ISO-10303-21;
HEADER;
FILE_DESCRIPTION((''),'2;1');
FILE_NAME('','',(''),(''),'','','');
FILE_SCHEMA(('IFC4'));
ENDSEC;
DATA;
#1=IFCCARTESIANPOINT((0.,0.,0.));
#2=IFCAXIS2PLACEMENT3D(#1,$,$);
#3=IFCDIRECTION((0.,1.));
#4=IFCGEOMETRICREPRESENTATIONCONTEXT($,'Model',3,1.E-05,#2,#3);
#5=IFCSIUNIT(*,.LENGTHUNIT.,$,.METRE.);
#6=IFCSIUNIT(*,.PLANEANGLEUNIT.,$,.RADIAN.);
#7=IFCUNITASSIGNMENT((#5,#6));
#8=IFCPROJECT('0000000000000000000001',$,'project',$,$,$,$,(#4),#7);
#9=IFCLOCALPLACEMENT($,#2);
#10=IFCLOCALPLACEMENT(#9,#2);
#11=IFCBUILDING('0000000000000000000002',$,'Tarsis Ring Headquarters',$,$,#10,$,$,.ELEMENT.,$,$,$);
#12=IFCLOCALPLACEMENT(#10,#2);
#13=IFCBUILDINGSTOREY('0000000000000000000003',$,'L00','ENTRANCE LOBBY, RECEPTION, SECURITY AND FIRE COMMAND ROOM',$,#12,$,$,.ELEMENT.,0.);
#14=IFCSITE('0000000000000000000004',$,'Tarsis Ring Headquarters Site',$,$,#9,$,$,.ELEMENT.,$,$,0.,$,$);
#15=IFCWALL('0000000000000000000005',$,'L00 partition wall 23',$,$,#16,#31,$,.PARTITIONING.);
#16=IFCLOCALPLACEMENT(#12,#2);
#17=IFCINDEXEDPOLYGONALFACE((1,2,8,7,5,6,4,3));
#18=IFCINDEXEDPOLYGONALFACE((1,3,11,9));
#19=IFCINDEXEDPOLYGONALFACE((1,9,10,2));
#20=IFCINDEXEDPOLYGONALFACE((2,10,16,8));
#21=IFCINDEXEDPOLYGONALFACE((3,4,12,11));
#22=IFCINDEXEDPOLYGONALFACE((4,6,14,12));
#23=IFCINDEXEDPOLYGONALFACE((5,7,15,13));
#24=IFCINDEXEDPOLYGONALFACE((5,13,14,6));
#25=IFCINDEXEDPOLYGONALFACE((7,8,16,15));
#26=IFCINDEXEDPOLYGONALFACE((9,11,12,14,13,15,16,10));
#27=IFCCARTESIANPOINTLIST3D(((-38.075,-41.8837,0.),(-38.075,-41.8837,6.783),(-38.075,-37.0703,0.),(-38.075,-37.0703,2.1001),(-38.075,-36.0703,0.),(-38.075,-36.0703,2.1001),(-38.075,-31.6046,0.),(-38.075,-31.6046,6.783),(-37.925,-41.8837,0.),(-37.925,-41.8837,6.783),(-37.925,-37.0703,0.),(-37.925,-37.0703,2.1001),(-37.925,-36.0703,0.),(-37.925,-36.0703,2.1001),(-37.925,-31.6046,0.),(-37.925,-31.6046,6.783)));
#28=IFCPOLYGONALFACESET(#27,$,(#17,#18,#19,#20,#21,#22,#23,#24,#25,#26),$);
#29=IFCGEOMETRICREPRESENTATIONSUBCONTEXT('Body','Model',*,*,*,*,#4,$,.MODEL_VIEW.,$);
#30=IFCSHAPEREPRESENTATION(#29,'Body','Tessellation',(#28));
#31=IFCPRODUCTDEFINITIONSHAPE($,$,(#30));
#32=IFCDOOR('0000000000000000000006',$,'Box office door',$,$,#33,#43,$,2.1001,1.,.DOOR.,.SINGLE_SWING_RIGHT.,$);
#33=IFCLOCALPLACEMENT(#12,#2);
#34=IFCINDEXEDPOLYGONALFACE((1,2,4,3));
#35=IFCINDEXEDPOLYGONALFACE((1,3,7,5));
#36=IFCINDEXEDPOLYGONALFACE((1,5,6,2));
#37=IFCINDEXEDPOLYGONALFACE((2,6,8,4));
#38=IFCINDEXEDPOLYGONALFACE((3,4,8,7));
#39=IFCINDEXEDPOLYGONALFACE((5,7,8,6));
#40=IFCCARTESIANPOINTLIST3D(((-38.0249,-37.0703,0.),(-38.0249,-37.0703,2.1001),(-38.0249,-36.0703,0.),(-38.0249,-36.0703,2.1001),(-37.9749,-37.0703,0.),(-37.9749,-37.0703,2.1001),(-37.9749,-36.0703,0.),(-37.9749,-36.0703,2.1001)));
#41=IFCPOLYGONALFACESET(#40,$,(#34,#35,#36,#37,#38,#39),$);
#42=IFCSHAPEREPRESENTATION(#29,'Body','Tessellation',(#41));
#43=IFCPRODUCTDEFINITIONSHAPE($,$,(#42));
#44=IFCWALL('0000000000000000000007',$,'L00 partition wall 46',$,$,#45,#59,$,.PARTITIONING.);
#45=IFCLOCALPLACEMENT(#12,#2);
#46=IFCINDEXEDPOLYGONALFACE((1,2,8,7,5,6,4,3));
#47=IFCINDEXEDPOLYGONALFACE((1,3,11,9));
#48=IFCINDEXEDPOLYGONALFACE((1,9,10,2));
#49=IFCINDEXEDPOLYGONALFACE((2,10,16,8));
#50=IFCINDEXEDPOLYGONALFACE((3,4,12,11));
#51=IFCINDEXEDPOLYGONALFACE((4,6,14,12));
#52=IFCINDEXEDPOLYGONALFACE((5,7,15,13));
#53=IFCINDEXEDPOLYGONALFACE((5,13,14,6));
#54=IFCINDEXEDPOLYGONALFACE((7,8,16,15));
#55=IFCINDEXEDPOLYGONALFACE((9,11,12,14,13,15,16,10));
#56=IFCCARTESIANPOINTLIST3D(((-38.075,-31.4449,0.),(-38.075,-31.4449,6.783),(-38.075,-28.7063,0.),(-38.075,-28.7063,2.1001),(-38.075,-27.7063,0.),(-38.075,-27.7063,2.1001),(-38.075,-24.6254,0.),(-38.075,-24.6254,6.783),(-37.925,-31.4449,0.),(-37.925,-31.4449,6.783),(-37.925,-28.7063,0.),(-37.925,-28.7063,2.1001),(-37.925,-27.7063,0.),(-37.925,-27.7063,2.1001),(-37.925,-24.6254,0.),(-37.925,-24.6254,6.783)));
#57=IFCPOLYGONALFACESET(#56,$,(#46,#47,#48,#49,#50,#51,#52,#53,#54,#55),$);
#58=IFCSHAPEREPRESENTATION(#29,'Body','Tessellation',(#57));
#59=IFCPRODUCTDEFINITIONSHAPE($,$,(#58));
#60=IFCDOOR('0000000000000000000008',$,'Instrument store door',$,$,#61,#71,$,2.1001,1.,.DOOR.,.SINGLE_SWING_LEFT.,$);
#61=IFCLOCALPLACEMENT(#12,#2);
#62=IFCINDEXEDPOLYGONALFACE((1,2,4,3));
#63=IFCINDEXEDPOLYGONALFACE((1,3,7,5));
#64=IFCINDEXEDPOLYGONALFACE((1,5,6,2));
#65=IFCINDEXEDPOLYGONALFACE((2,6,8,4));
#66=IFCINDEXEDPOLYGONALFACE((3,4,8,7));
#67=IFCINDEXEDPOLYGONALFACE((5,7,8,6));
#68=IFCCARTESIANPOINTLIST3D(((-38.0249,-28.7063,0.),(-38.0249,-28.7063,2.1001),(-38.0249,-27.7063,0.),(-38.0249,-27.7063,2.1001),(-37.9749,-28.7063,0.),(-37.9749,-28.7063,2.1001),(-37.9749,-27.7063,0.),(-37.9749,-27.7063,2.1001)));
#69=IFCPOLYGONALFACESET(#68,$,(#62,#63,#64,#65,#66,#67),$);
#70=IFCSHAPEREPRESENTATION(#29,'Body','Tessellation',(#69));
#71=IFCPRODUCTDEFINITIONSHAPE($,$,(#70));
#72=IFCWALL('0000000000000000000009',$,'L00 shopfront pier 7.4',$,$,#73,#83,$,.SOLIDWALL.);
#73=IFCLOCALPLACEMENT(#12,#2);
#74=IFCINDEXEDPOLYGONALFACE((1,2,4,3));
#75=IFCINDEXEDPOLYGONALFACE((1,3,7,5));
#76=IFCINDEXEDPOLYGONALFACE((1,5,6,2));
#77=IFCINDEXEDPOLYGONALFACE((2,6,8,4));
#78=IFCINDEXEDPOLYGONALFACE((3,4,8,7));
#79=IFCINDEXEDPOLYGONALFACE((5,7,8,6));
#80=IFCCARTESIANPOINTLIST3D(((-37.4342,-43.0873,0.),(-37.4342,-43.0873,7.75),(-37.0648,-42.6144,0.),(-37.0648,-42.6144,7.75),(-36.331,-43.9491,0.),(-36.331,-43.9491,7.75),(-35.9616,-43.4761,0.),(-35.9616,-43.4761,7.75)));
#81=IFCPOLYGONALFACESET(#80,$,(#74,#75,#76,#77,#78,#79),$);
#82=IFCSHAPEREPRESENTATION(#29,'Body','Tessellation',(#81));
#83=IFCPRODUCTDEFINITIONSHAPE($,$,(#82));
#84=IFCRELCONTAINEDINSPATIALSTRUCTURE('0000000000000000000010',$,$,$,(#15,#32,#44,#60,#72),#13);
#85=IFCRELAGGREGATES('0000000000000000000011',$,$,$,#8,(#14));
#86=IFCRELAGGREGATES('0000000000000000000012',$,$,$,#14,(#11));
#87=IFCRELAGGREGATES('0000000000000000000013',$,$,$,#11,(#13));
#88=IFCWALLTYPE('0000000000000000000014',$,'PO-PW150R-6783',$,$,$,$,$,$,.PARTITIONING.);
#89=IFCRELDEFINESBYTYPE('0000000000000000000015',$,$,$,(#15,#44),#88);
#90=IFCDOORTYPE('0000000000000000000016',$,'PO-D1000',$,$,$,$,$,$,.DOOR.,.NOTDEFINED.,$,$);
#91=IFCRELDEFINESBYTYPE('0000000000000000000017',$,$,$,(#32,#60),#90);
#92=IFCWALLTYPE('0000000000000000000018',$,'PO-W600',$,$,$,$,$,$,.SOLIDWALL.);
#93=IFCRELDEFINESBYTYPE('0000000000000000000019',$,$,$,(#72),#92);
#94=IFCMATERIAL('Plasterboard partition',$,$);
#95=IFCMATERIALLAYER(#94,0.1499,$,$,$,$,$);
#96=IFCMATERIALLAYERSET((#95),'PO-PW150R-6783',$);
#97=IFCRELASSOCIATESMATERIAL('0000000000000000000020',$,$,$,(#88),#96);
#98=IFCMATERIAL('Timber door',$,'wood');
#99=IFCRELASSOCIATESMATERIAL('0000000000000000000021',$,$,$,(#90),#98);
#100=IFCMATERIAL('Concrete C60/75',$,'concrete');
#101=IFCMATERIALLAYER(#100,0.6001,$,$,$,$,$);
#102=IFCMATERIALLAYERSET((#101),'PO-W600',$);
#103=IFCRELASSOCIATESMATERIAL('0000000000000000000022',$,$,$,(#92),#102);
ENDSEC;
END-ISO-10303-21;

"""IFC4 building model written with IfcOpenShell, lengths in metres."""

from ifc_helpers import new_model, si_unit, direction, frame, frame_2d, origin, place, context, subcontext, project, spatial, rectangle, extrude, material, layer, layer_set, type_object, element, fill, save


model = new_model("IFC4")

# Units and contexts
model_context = context("Model", 3, precision=1e-05, world=origin(), true_north=direction((0.0, 1.0)))
body_context = subcontext(model_context, "Body", "Model", "MODEL_VIEW")
ifc_project = project(units=[si_unit("LENGTHUNIT", "METRE"), si_unit("PLANEANGLEUNIT", "RADIAN")], contexts=[model_context])

# Site, building, storey
site_placement = place(None, origin())
site = spatial("IfcSite", under=ifc_project, at=site_placement, Name="Tarsis Ring Headquarters Site", CompositionType="ELEMENT", RefElevation=0.0)
building_placement = place(site_placement, origin())
building = spatial("IfcBuilding", under=site, at=building_placement, Name="Tarsis Ring Headquarters", CompositionType="ELEMENT")
storey_placement = place(building_placement, origin())
storey = spatial("IfcBuildingStorey", under=building, at=storey_placement, Name="L00", Description="ENTRANCE LOBBY, RECEPTION, SECURITY AND FIRE COMMAND ROOM", CompositionType="ELEMENT", Elevation=0.0)

# Shared definitions
ifc_material_1 = material(Name="Concrete C60/75", Category="concrete")

# Walls, openings, doors
ifc_material_2 = material(Name="Plasterboard partition")
ifc_layer_1 = layer(ifc_material_2, 0.1499)
ifc_layer_set_1 = layer_set([ifc_layer_1], Name="PO-PW150R-6783")
wall_type_1 = type_object("IfcWallType", Name="PO-PW150R-6783", PredefinedType="PARTITIONING", material=ifc_layer_set_1)
wall_1_placement = place(storey_placement, frame((-38.0, -41.8838, 0.0), z_axis=(0.0, 0.0, 1.0), x_axis=(0.0, 1.0, 0.0)))
wall_1 = element("IfcWall", 1, at=wall_1_placement, inside=storey, type_object=wall_type_1, Name="L00 partition wall 23", PredefinedType="PARTITIONING", context=body_context, shape_type="SweptSolid", body=[
    extrude(rectangle(XDim=10.2791, YDim=0.1499, at=frame_2d((5.1396, 0.0))), origin(), (0.0, 0.0, 1.0), 6.783),
])
opening_1_placement = place(wall_1_placement, frame((4.8135, 0.0, 0.0)))
opening_1 = element("IfcOpeningElement", 2, at=opening_1_placement, cuts=wall_1, PredefinedType="OPENING", context=body_context, shape_type="SweptSolid", body=[
    extrude(rectangle(XDim=1.0, YDim=2.1001, at=frame_2d((0.5, 1.05))), frame((0.0, 0.085, 0.0), z_axis=(0.0, -1.0, 0.0), x_axis=(1.0, 0.0, 0.0)), (0.0, 0.0, 1.0), 0.1699),
])
ifc_material_3 = material(Name="Timber door", Category="wood")
door_type = type_object("IfcDoorType", Name="PO-D1000", OperationType="NOTDEFINED", PredefinedType="DOOR", material=ifc_material_3)
door_1_placement = place(opening_1_placement, origin())
door_1 = element("IfcDoor", 3, at=door_1_placement, inside=storey, type_object=door_type, Name="Box office door", OperationType="SINGLE_SWING_RIGHT", OverallHeight=2.1001, OverallWidth=1.0, PredefinedType="DOOR", context=body_context, shape_type="SweptSolid", body=[
    extrude(rectangle(XDim=1.0, YDim=2.1001, at=frame_2d((0.5, 1.05))), frame((0.0, 0.0249, 0.0), z_axis=(0.0, -1.0, 0.0), x_axis=(1.0, 0.0, 0.0)), (0.0, 0.0, 1.0), 0.05),
])
fill(opening_1, door_1)
wall_2_placement = place(storey_placement, frame((-38.0, -31.4448, 0.0), z_axis=(0.0, 0.0, 1.0), x_axis=(0.0, 1.0, 0.0)))
wall_2 = element("IfcWall", 4, at=wall_2_placement, inside=storey, type_object=wall_type_1, Name="L00 partition wall 46", PredefinedType="PARTITIONING", context=body_context, shape_type="SweptSolid", body=[
    extrude(rectangle(XDim=6.8196, YDim=0.1499, at=frame_2d((3.4097, 0.0))), origin(), (0.0, 0.0, 1.0), 6.783),
])
opening_2_placement = place(wall_2_placement, frame((2.7385, 0.0, 0.0)))
opening_2 = element("IfcOpeningElement", 5, at=opening_2_placement, cuts=wall_2, PredefinedType="OPENING", context=body_context, shape_type="SweptSolid", body=[
    extrude(rectangle(XDim=1.0, YDim=2.1001, at=frame_2d((0.5, 1.05))), frame((0.0, 0.085, 0.0), z_axis=(0.0, -1.0, 0.0), x_axis=(1.0, 0.0, 0.0)), (0.0, 0.0, 1.0), 0.1699),
])
door_2_placement = place(opening_2_placement, origin())
door_2 = element("IfcDoor", 6, at=door_2_placement, inside=storey, type_object=door_type, Name="Instrument store door", OperationType="SINGLE_SWING_LEFT", OverallHeight=2.1001, OverallWidth=1.0, PredefinedType="DOOR", context=body_context, shape_type="SweptSolid", body=[
    extrude(rectangle(XDim=1.0, YDim=2.1001, at=frame_2d((0.5, 1.05))), frame((0.0, 0.0249, 0.0), z_axis=(0.0, -1.0, 0.0), x_axis=(1.0, 0.0, 0.0)), (0.0, 0.0, 1.0), 0.05),
])
fill(opening_2, door_2)

# Wall
ifc_layer_2 = layer(ifc_material_1, 0.6001)
ifc_layer_set_2 = layer_set([ifc_layer_2], Name="PO-W600")
wall_type_2 = type_object("IfcWallType", Name="PO-W600", PredefinedType="SOLIDWALL", material=ifc_layer_set_2)
wall_3_placement = place(storey_placement, frame((-37.2495, -42.8508, 0.0), z_axis=(0.0, 0.0, 1.0), x_axis=(0.788064, -0.615593, 0.0)))
element("IfcWall", 7, at=wall_3_placement, inside=storey, type_object=wall_type_2, Name="L00 shopfront pier 7.4", PredefinedType="SOLIDWALL", context=body_context, shape_type="SweptSolid", body=[
    extrude(rectangle(XDim=1.3999, YDim=0.6001, at=frame_2d((0.7, 0.0))), origin(), (0.0, 0.0, 1.0), 7.75),
])

save(model, "model.ifc")
